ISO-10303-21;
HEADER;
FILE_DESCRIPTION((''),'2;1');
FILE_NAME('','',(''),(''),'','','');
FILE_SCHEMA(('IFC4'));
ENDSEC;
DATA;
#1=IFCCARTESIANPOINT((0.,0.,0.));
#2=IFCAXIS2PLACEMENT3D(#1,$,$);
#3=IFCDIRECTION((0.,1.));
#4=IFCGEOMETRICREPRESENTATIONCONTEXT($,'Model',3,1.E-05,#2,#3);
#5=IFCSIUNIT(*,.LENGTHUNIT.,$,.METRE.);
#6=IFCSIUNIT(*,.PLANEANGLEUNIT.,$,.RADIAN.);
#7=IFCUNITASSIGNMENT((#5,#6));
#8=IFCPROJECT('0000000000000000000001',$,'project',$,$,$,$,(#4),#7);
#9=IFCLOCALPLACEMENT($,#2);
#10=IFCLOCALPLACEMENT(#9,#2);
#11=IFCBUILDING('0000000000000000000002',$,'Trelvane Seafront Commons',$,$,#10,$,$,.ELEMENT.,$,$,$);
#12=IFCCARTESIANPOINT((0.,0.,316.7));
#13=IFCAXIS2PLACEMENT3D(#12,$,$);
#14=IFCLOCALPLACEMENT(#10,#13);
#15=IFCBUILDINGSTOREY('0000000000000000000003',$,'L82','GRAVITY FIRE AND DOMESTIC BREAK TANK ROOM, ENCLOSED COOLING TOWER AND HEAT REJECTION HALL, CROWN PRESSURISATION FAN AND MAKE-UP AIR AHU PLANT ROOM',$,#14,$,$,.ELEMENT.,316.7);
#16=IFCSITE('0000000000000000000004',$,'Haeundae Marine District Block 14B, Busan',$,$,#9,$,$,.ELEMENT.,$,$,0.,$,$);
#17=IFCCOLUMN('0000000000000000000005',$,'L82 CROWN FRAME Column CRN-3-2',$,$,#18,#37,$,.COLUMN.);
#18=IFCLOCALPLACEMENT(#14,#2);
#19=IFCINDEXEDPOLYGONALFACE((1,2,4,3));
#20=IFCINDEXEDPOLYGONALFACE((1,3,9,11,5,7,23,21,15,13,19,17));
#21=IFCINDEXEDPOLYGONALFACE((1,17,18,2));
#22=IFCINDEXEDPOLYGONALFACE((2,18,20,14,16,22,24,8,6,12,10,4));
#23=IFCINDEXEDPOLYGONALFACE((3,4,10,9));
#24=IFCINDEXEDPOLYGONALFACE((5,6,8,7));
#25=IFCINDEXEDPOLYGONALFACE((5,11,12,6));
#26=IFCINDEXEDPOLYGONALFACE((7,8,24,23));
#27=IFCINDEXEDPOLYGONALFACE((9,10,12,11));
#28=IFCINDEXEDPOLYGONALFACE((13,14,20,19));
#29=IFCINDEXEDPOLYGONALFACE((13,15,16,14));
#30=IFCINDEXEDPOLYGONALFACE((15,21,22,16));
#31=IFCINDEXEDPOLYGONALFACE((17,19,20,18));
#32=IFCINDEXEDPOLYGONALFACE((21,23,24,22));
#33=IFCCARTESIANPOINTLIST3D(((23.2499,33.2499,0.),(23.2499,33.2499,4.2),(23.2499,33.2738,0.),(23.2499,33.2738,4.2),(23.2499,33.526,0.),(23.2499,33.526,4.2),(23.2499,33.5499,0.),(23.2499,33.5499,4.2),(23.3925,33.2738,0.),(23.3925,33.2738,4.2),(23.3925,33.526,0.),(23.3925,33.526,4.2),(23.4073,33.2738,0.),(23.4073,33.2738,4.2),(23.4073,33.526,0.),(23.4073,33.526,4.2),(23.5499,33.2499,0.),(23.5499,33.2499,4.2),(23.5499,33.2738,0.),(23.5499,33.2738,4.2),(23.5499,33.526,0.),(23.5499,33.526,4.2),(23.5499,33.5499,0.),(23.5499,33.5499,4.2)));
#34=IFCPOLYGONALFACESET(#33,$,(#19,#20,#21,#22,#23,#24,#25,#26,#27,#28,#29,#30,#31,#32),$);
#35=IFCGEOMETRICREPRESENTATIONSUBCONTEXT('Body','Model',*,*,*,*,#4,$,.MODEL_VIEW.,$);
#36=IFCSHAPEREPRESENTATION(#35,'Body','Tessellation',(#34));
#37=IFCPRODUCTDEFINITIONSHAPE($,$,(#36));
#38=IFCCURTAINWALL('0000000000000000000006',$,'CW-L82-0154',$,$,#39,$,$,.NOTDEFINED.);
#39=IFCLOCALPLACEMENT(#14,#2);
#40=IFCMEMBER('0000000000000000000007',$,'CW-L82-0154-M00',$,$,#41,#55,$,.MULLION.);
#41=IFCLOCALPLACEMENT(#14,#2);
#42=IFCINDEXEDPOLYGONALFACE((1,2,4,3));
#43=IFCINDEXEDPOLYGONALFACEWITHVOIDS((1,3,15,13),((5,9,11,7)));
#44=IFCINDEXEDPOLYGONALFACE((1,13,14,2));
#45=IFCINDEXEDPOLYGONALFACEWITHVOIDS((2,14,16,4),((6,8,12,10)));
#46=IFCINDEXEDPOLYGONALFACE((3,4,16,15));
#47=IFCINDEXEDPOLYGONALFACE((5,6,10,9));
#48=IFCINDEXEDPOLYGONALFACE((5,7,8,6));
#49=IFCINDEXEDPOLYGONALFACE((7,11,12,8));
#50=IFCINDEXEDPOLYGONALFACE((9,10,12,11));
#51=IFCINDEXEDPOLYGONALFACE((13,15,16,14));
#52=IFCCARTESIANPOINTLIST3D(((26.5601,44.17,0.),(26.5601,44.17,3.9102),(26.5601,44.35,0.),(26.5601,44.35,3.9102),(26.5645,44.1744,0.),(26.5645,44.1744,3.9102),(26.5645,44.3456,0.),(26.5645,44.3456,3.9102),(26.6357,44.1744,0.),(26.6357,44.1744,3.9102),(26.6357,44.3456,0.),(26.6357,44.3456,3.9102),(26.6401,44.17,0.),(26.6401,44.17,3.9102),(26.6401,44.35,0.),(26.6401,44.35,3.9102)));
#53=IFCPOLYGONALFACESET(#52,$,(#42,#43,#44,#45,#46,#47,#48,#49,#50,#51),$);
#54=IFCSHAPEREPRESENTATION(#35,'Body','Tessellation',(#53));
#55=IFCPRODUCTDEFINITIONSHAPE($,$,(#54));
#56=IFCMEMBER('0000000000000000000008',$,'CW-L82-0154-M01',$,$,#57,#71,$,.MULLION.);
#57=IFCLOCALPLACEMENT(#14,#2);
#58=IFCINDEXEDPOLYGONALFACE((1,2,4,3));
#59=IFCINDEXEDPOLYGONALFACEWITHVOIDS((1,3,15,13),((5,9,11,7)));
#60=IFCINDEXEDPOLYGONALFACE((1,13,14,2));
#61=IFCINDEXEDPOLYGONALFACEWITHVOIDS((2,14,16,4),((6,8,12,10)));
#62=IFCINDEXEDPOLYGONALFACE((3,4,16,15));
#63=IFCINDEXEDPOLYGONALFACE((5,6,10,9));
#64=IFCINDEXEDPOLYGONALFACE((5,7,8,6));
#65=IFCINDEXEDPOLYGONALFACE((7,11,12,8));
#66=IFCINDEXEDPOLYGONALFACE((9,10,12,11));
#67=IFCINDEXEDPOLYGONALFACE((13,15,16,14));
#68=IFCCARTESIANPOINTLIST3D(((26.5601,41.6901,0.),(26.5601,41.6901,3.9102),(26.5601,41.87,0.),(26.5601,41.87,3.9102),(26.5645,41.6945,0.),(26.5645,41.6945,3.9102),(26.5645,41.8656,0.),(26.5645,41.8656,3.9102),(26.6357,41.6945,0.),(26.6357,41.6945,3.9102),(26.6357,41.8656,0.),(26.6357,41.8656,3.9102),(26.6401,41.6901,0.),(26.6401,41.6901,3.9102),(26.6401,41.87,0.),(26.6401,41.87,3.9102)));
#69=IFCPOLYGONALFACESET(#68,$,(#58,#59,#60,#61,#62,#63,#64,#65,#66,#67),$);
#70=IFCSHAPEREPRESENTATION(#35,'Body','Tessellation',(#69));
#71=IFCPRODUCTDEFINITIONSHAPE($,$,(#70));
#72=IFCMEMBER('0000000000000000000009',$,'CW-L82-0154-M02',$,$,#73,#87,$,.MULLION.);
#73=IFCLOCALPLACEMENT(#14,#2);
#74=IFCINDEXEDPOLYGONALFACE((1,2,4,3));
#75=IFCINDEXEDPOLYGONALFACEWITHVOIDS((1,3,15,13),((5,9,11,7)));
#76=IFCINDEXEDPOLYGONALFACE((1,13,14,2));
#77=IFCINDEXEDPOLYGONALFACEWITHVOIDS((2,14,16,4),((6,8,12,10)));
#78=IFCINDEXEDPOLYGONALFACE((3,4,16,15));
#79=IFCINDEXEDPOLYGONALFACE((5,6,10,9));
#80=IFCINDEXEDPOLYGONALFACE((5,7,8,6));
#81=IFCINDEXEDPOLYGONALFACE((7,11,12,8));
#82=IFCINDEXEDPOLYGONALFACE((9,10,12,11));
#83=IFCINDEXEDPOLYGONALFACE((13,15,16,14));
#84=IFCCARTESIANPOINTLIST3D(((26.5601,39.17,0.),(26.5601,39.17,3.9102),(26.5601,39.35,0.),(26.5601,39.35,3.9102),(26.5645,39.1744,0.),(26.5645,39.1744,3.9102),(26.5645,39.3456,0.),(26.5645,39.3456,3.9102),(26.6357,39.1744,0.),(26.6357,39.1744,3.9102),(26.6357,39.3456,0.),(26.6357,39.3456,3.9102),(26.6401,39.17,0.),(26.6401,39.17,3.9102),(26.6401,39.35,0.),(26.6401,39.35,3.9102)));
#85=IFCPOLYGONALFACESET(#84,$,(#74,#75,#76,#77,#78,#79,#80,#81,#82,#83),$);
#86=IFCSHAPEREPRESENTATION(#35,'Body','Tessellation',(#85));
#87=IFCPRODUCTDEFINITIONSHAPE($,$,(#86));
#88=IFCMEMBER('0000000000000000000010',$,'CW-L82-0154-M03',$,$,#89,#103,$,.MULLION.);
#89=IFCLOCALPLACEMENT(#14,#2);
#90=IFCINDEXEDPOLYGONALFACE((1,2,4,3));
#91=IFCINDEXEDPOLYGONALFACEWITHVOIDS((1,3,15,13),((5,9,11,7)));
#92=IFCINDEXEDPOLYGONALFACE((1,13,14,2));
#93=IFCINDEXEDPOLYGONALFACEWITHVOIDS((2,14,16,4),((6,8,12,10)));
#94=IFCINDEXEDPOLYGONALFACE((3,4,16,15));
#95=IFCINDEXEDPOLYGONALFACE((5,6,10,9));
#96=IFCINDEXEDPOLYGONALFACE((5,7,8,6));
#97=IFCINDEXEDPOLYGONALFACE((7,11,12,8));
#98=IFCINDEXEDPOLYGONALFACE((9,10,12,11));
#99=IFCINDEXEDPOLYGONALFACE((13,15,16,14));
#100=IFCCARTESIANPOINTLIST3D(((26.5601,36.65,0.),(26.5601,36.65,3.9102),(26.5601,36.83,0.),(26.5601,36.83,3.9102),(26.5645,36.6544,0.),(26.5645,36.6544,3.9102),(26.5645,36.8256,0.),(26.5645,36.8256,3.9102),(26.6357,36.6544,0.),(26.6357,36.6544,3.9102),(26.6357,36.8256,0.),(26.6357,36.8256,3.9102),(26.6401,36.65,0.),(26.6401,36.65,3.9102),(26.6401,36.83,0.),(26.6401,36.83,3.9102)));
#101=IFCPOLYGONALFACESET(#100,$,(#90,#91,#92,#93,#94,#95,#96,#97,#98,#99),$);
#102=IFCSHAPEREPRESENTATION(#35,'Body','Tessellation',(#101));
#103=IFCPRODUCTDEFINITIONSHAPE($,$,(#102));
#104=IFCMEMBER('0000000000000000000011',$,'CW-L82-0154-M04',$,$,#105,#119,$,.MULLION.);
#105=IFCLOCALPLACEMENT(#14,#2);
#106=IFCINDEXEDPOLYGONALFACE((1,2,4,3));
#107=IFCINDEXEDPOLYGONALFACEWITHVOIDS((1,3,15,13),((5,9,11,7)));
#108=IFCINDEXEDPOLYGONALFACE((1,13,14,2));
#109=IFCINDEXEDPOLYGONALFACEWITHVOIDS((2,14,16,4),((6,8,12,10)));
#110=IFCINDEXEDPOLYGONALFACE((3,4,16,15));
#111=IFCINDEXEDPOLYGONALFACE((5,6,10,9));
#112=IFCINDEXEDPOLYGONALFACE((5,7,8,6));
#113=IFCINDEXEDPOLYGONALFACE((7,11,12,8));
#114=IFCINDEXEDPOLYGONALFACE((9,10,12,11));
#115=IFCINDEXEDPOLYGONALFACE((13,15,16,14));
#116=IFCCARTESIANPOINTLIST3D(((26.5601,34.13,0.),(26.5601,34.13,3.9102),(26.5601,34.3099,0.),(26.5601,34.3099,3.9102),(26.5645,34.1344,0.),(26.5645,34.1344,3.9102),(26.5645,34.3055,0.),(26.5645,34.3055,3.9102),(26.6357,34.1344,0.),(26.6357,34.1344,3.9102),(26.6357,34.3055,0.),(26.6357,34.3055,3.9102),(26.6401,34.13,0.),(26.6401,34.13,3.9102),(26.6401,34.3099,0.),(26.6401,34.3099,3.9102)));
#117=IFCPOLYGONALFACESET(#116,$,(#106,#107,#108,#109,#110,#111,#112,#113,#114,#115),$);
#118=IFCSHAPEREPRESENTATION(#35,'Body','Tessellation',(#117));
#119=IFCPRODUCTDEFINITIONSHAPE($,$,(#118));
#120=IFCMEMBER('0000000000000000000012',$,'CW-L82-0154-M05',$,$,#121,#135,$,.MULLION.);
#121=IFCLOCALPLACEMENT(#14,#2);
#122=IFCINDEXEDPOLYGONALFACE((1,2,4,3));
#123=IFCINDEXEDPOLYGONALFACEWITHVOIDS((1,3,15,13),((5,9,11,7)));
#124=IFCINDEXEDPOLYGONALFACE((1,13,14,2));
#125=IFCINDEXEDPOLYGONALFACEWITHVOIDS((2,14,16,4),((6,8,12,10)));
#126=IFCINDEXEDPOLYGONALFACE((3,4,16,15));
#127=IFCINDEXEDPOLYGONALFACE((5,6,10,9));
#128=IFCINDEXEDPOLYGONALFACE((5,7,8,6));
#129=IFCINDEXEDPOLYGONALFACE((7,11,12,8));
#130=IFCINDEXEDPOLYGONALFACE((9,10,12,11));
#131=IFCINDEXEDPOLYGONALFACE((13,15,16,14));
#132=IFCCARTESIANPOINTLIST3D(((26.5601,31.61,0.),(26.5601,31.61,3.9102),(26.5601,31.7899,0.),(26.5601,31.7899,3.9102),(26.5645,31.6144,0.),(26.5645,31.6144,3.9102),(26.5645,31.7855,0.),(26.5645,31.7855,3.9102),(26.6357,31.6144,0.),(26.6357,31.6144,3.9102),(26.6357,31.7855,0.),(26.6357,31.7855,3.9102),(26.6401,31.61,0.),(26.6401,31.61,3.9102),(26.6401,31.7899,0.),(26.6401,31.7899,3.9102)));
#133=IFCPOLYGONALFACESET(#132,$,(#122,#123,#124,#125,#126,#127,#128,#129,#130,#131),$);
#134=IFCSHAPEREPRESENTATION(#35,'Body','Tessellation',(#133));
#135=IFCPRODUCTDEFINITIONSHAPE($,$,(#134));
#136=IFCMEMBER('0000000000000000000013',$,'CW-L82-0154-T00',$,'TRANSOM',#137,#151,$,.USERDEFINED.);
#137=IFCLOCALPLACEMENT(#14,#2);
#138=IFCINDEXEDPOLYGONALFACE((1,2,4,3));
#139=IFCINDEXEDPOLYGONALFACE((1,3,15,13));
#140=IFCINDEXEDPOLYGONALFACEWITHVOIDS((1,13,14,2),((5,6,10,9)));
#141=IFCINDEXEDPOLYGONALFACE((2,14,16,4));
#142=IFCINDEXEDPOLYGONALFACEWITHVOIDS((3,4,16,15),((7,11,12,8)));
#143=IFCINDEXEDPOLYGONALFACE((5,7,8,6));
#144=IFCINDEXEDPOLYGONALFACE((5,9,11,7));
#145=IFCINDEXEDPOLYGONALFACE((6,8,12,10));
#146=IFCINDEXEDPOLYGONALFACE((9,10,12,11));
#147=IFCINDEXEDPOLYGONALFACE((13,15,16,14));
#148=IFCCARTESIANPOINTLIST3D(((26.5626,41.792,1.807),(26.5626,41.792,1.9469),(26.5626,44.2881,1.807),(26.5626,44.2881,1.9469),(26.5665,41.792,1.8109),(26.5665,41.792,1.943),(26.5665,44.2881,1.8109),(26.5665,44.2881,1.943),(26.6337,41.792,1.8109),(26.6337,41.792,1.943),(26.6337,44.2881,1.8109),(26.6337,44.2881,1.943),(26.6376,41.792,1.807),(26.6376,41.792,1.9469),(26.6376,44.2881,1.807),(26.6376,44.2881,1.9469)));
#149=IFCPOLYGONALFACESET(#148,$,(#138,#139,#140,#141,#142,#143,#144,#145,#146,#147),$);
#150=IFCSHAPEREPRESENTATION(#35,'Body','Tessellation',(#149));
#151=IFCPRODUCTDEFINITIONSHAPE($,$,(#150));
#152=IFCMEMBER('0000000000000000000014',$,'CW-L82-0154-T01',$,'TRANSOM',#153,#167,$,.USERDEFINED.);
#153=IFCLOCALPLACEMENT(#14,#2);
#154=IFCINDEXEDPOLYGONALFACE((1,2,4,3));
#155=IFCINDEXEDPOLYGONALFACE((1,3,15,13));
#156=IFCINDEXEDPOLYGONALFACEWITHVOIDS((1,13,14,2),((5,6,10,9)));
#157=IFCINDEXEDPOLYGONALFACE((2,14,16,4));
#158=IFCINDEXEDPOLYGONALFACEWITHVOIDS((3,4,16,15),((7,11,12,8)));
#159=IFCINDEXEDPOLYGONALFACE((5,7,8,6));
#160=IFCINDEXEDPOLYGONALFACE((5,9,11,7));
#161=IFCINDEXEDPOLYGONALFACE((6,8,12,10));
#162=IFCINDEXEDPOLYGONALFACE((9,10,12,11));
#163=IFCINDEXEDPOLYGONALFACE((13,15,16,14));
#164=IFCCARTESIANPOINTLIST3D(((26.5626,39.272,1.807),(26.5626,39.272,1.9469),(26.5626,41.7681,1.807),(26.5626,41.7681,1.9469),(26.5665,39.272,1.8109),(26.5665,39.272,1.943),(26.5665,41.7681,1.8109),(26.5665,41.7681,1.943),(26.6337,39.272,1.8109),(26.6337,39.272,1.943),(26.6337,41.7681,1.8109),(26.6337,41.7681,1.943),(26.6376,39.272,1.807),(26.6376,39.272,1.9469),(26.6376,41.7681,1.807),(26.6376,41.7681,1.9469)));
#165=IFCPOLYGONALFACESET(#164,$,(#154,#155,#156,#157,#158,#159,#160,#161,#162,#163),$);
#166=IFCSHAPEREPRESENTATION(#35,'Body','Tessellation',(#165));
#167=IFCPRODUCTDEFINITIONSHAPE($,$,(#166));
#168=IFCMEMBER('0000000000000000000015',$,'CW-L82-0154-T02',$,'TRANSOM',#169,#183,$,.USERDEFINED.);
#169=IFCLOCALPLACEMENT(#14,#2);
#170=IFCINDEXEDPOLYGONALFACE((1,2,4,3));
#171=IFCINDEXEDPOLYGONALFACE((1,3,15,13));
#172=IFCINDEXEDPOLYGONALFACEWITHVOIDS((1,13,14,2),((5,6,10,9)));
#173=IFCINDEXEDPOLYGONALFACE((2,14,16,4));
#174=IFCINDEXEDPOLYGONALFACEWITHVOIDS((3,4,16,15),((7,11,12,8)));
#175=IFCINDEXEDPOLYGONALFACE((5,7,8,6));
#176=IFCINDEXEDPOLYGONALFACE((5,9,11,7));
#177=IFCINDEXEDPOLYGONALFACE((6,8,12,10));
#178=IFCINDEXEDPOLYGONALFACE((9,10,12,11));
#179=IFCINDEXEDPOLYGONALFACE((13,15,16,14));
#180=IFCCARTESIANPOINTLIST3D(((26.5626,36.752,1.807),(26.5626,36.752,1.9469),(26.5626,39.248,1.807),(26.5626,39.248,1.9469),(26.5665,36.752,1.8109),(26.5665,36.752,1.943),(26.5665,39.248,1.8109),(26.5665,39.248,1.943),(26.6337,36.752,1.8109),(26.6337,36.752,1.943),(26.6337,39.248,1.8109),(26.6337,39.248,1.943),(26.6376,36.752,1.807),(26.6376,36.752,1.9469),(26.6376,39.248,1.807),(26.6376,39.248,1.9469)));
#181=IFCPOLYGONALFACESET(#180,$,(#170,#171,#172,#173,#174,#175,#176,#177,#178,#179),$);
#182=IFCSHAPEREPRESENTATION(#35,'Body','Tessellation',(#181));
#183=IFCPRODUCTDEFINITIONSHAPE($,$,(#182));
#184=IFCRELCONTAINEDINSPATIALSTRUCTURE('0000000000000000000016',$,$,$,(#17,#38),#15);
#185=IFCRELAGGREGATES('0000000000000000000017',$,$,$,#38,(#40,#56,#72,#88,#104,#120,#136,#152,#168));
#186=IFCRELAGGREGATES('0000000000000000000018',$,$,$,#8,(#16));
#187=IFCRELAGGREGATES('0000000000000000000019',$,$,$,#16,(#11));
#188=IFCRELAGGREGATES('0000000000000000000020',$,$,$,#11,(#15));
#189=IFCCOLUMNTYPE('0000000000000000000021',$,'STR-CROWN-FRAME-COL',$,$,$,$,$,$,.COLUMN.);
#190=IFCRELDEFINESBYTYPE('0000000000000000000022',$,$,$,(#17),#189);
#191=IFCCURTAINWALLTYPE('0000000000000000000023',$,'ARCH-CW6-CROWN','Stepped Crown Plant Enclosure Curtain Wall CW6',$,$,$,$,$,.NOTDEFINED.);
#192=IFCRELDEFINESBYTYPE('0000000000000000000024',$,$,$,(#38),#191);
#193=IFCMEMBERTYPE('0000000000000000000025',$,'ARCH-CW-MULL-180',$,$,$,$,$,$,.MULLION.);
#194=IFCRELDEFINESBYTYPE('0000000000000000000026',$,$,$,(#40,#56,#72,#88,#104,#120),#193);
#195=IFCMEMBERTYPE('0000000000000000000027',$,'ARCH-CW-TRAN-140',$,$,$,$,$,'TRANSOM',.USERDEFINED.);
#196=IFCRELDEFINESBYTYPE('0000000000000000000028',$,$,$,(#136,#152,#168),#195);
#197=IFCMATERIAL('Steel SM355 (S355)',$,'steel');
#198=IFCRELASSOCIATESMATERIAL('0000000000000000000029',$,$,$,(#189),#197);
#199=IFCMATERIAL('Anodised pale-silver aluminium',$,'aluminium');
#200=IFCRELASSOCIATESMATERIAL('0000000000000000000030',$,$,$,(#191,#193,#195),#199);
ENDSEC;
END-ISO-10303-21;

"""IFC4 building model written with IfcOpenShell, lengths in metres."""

from ifc_helpers import new_model, si_unit, direction, frame, origin, origin_2d, place, context, subcontext, project, spatial, hollow_rectangle, i_section, extrude, source, transform, mapped, material, material_profile, profile_set, type_object, element, aggregate, save


model = new_model("IFC4")

# Units and contexts
model_context = context("Model", 3, precision=1e-05, world=origin(), true_north=direction((0.0, 1.0)))
body_context = subcontext(model_context, "Body", "Model", "MODEL_VIEW")
ifc_project = project(units=[si_unit("LENGTHUNIT", "METRE"), si_unit("PLANEANGLEUNIT", "RADIAN")], contexts=[model_context])

# Site, building, storey
site_placement = place(None, origin())
site = spatial("IfcSite", under=ifc_project, at=site_placement, Name="Haeundae Marine District Block 14B, Busan", CompositionType="ELEMENT", RefElevation=0.0)
building_placement = place(site_placement, origin())
building = spatial("IfcBuilding", under=site, at=building_placement, Name="Trelvane Seafront Commons", CompositionType="ELEMENT")
storey_placement = place(building_placement, frame((0.0, 0.0, 316.7)))
storey = spatial("IfcBuildingStorey", under=building, at=storey_placement, Name="L82", Description="GRAVITY FIRE AND DOMESTIC BREAK TANK ROOM, ENCLOSED COOLING TOWER AND HEAT REJECTION HALL, CROWN PRESSURISATION FAN AND MAKE-UP AIR AHU PLANT ROOM", CompositionType="ELEMENT", Elevation=316.7)

# Column
ifc_material_1 = material(Name="Steel SM355 (S355)", Category="steel")
ifc_material_profile_1 = material_profile(ifc_material_1, i_section(OverallWidth=0.3, OverallDepth=0.3, WebThickness=0.0149, FlangeThickness=0.0239, at=origin_2d()), Name="HD-300x300x15x24")
ifc_profile_set_1 = profile_set([ifc_material_profile_1], Name="Steel SM355 (S355)")
column_type = type_object("IfcColumnType", Name="STR-CROWN-FRAME-COL", PredefinedType="COLUMN", material=ifc_profile_set_1)
shared_shape_1 = source(origin(), body_context, "Body", "SweptSolid", [
    extrude(i_section(OverallWidth=0.3, OverallDepth=0.3, WebThickness=0.0149, FlangeThickness=0.0239, at=origin_2d()), origin(), (0.0, 0.0, 1.0), 4.2),
])
column_placement = place(storey_placement, frame((23.3999, 33.3999, 0.0), z_axis=(0.0, 0.0, 1.0), x_axis=(1.0, 0.0, 0.0)))
element("IfcColumn", 1, at=column_placement, inside=storey, type_object=column_type, Name="L82 CROWN FRAME Column CRN-3-2", PredefinedType="COLUMN", context=body_context, shape_type="MappedRepresentation", body=[
    mapped(shared_shape_1, transform((0.0, 0.0, 0.0), x_axis=(1.0, 0.0, 0.0), y_axis=(0.0, 1.0, 0.0), z_axis=(0.0, 0.0, 1.0), scale=1.0)),
])

# Curtain wall, members
ifc_material_2 = material(Name="Anodised pale-silver aluminium", Category="aluminium")
curtain_wall_type = type_object("IfcCurtainWallType", Name="ARCH-CW6-CROWN", Description="Stepped Crown Plant Enclosure Curtain Wall CW6", PredefinedType="NOTDEFINED", material=ifc_material_2)
curtain_wall_placement = place(storey_placement, origin())
curtain_wall = element("IfcCurtainWall", 2, at=curtain_wall_placement, inside=storey, type_object=curtain_wall_type, Name="CW-L82-0154", PredefinedType="NOTDEFINED")
ifc_material_profile_2 = material_profile(ifc_material_2, hollow_rectangle(XDim=0.0801, YDim=0.1799, WallThickness=0.0044, at=origin_2d()), Name="MULL-80x180x4.5")
ifc_profile_set_2 = profile_set([ifc_material_profile_2], Name="Anodised pale-silver aluminium")
member_type_1 = type_object("IfcMemberType", Name="ARCH-CW-MULL-180", PredefinedType="MULLION", material=ifc_profile_set_2)
shared_shape_2 = source(origin(), body_context, "Body", "SweptSolid", [
    extrude(hollow_rectangle(XDim=0.0801, YDim=0.1799, WallThickness=0.0044, at=origin_2d()), origin(), (0.0, 0.0, 1.0), 3.9102),
])
member_1_placement = place(storey_placement, frame((26.6001, 44.26, 0.0), z_axis=(0.0, 0.0, 1.0), x_axis=(1.0, 0.0, 0.0)))
member_1 = element("IfcMember", 3, at=member_1_placement, type_object=member_type_1, Name="CW-L82-0154-M00", PredefinedType="MULLION", context=body_context, shape_type="MappedRepresentation", body=[
    mapped(shared_shape_2, transform((0.0, 0.0, 0.0), x_axis=(1.0, 0.0, 0.0), y_axis=(0.0, 1.0, 0.0), z_axis=(0.0, 0.0, 1.0), scale=1.0)),
])
member_2_placement = place(storey_placement, frame((26.6001, 41.78, 0.0), z_axis=(0.0, 0.0, 1.0), x_axis=(1.0, 0.0, 0.0)))
member_2 = element("IfcMember", 4, at=member_2_placement, type_object=member_type_1, Name="CW-L82-0154-M01", PredefinedType="MULLION", context=body_context, shape_type="MappedRepresentation", body=[
    mapped(shared_shape_2, transform((0.0, 0.0, 0.0), x_axis=(1.0, 0.0, 0.0), y_axis=(0.0, 1.0, 0.0), z_axis=(0.0, 0.0, 1.0), scale=1.0)),
])
member_3_placement = place(storey_placement, frame((26.6001, 39.26, 0.0), z_axis=(0.0, 0.0, 1.0), x_axis=(1.0, 0.0, 0.0)))
member_3 = element("IfcMember", 5, at=member_3_placement, type_object=member_type_1, Name="CW-L82-0154-M02", PredefinedType="MULLION", context=body_context, shape_type="MappedRepresentation", body=[
    mapped(shared_shape_2, transform((0.0, 0.0, 0.0), x_axis=(1.0, 0.0, 0.0), y_axis=(0.0, 1.0, 0.0), z_axis=(0.0, 0.0, 1.0), scale=1.0)),
])
member_4_placement = place(storey_placement, frame((26.6001, 36.74, 0.0), z_axis=(0.0, 0.0, 1.0), x_axis=(1.0, 0.0, 0.0)))
member_4 = element("IfcMember", 6, at=member_4_placement, type_object=member_type_1, Name="CW-L82-0154-M03", PredefinedType="MULLION", context=body_context, shape_type="MappedRepresentation", body=[
    mapped(shared_shape_2, transform((0.0, 0.0, 0.0), x_axis=(1.0, 0.0, 0.0), y_axis=(0.0, 1.0, 0.0), z_axis=(0.0, 0.0, 1.0), scale=1.0)),
])
member_5_placement = place(storey_placement, frame((26.6001, 34.22, 0.0), z_axis=(0.0, 0.0, 1.0), x_axis=(1.0, 0.0, 0.0)))
member_5 = element("IfcMember", 7, at=member_5_placement, type_object=member_type_1, Name="CW-L82-0154-M04", PredefinedType="MULLION", context=body_context, shape_type="MappedRepresentation", body=[
    mapped(shared_shape_2, transform((0.0, 0.0, 0.0), x_axis=(1.0, 0.0, 0.0), y_axis=(0.0, 1.0, 0.0), z_axis=(0.0, 0.0, 1.0), scale=1.0)),
])
member_6_placement = place(storey_placement, frame((26.6001, 31.7, 0.0), z_axis=(0.0, 0.0, 1.0), x_axis=(1.0, 0.0, 0.0)))
member_6 = element("IfcMember", 8, at=member_6_placement, type_object=member_type_1, Name="CW-L82-0154-M05", PredefinedType="MULLION", context=body_context, shape_type="MappedRepresentation", body=[
    mapped(shared_shape_2, transform((0.0, 0.0, 0.0), x_axis=(1.0, 0.0, 0.0), y_axis=(0.0, 1.0, 0.0), z_axis=(0.0, 0.0, 1.0), scale=1.0)),
])
ifc_material_profile_3 = material_profile(ifc_material_2, hollow_rectangle(XDim=0.075, YDim=0.1399, WallThickness=0.0039, at=origin_2d()), Name="TRAN-75x140x4")
ifc_profile_set_3 = profile_set([ifc_material_profile_3], Name="Anodised pale-silver aluminium")
member_type_2 = type_object("IfcMemberType", Name="ARCH-CW-TRAN-140", ElementType="TRANSOM", PredefinedType="USERDEFINED", material=ifc_profile_set_3)
shared_shape_3 = source(origin(), body_context, "Body", "SweptSolid", [
    extrude(hollow_rectangle(XDim=0.075, YDim=0.1399, WallThickness=0.0039, at=origin_2d()), origin(), (0.0, 0.0, 1.0), 2.4961),
])
member_7_placement = place(storey_placement, frame((26.6001, 44.2881, 1.877), z_axis=(0.0, -1.0, 0.0), x_axis=(1.0, 0.0, 0.0)))
member_7 = element("IfcMember", 9, at=member_7_placement, type_object=member_type_2, Name="CW-L82-0154-T00", ObjectType="TRANSOM", PredefinedType="USERDEFINED", context=body_context, shape_type="MappedRepresentation", body=[
    mapped(shared_shape_3, transform((0.0, 0.0, 0.0), x_axis=(1.0, 0.0, 0.0), y_axis=(0.0, 1.0, 0.0), z_axis=(0.0, 0.0, 1.0), scale=1.0)),
])
member_8_placement = place(storey_placement, frame((26.6001, 41.7681, 1.877), z_axis=(0.0, -1.0, 0.0), x_axis=(1.0, 0.0, 0.0)))
member_8 = element("IfcMember", 10, at=member_8_placement, type_object=member_type_2, Name="CW-L82-0154-T01", ObjectType="TRANSOM", PredefinedType="USERDEFINED", context=body_context, shape_type="MappedRepresentation", body=[
    mapped(shared_shape_3, transform((0.0, 0.0, 0.0), x_axis=(1.0, 0.0, 0.0), y_axis=(0.0, 1.0, 0.0), z_axis=(0.0, 0.0, 1.0), scale=1.0)),
])
member_9_placement = place(storey_placement, frame((26.6001, 39.248, 1.877), z_axis=(0.0, -1.0, 0.0), x_axis=(1.0, 0.0, 0.0)))
member_9 = element("IfcMember", 11, at=member_9_placement, type_object=member_type_2, Name="CW-L82-0154-T02", ObjectType="TRANSOM", PredefinedType="USERDEFINED", context=body_context, shape_type="MappedRepresentation", body=[
    mapped(shared_shape_3, transform((0.0, 0.0, 0.0), x_axis=(1.0, 0.0, 0.0), y_axis=(0.0, 1.0, 0.0), z_axis=(0.0, 0.0, 1.0), scale=1.0)),
])
aggregate(curtain_wall, [member_1, member_2, member_3, member_4, member_5, member_6, member_7, member_8, member_9])

save(model, "model.ifc")
